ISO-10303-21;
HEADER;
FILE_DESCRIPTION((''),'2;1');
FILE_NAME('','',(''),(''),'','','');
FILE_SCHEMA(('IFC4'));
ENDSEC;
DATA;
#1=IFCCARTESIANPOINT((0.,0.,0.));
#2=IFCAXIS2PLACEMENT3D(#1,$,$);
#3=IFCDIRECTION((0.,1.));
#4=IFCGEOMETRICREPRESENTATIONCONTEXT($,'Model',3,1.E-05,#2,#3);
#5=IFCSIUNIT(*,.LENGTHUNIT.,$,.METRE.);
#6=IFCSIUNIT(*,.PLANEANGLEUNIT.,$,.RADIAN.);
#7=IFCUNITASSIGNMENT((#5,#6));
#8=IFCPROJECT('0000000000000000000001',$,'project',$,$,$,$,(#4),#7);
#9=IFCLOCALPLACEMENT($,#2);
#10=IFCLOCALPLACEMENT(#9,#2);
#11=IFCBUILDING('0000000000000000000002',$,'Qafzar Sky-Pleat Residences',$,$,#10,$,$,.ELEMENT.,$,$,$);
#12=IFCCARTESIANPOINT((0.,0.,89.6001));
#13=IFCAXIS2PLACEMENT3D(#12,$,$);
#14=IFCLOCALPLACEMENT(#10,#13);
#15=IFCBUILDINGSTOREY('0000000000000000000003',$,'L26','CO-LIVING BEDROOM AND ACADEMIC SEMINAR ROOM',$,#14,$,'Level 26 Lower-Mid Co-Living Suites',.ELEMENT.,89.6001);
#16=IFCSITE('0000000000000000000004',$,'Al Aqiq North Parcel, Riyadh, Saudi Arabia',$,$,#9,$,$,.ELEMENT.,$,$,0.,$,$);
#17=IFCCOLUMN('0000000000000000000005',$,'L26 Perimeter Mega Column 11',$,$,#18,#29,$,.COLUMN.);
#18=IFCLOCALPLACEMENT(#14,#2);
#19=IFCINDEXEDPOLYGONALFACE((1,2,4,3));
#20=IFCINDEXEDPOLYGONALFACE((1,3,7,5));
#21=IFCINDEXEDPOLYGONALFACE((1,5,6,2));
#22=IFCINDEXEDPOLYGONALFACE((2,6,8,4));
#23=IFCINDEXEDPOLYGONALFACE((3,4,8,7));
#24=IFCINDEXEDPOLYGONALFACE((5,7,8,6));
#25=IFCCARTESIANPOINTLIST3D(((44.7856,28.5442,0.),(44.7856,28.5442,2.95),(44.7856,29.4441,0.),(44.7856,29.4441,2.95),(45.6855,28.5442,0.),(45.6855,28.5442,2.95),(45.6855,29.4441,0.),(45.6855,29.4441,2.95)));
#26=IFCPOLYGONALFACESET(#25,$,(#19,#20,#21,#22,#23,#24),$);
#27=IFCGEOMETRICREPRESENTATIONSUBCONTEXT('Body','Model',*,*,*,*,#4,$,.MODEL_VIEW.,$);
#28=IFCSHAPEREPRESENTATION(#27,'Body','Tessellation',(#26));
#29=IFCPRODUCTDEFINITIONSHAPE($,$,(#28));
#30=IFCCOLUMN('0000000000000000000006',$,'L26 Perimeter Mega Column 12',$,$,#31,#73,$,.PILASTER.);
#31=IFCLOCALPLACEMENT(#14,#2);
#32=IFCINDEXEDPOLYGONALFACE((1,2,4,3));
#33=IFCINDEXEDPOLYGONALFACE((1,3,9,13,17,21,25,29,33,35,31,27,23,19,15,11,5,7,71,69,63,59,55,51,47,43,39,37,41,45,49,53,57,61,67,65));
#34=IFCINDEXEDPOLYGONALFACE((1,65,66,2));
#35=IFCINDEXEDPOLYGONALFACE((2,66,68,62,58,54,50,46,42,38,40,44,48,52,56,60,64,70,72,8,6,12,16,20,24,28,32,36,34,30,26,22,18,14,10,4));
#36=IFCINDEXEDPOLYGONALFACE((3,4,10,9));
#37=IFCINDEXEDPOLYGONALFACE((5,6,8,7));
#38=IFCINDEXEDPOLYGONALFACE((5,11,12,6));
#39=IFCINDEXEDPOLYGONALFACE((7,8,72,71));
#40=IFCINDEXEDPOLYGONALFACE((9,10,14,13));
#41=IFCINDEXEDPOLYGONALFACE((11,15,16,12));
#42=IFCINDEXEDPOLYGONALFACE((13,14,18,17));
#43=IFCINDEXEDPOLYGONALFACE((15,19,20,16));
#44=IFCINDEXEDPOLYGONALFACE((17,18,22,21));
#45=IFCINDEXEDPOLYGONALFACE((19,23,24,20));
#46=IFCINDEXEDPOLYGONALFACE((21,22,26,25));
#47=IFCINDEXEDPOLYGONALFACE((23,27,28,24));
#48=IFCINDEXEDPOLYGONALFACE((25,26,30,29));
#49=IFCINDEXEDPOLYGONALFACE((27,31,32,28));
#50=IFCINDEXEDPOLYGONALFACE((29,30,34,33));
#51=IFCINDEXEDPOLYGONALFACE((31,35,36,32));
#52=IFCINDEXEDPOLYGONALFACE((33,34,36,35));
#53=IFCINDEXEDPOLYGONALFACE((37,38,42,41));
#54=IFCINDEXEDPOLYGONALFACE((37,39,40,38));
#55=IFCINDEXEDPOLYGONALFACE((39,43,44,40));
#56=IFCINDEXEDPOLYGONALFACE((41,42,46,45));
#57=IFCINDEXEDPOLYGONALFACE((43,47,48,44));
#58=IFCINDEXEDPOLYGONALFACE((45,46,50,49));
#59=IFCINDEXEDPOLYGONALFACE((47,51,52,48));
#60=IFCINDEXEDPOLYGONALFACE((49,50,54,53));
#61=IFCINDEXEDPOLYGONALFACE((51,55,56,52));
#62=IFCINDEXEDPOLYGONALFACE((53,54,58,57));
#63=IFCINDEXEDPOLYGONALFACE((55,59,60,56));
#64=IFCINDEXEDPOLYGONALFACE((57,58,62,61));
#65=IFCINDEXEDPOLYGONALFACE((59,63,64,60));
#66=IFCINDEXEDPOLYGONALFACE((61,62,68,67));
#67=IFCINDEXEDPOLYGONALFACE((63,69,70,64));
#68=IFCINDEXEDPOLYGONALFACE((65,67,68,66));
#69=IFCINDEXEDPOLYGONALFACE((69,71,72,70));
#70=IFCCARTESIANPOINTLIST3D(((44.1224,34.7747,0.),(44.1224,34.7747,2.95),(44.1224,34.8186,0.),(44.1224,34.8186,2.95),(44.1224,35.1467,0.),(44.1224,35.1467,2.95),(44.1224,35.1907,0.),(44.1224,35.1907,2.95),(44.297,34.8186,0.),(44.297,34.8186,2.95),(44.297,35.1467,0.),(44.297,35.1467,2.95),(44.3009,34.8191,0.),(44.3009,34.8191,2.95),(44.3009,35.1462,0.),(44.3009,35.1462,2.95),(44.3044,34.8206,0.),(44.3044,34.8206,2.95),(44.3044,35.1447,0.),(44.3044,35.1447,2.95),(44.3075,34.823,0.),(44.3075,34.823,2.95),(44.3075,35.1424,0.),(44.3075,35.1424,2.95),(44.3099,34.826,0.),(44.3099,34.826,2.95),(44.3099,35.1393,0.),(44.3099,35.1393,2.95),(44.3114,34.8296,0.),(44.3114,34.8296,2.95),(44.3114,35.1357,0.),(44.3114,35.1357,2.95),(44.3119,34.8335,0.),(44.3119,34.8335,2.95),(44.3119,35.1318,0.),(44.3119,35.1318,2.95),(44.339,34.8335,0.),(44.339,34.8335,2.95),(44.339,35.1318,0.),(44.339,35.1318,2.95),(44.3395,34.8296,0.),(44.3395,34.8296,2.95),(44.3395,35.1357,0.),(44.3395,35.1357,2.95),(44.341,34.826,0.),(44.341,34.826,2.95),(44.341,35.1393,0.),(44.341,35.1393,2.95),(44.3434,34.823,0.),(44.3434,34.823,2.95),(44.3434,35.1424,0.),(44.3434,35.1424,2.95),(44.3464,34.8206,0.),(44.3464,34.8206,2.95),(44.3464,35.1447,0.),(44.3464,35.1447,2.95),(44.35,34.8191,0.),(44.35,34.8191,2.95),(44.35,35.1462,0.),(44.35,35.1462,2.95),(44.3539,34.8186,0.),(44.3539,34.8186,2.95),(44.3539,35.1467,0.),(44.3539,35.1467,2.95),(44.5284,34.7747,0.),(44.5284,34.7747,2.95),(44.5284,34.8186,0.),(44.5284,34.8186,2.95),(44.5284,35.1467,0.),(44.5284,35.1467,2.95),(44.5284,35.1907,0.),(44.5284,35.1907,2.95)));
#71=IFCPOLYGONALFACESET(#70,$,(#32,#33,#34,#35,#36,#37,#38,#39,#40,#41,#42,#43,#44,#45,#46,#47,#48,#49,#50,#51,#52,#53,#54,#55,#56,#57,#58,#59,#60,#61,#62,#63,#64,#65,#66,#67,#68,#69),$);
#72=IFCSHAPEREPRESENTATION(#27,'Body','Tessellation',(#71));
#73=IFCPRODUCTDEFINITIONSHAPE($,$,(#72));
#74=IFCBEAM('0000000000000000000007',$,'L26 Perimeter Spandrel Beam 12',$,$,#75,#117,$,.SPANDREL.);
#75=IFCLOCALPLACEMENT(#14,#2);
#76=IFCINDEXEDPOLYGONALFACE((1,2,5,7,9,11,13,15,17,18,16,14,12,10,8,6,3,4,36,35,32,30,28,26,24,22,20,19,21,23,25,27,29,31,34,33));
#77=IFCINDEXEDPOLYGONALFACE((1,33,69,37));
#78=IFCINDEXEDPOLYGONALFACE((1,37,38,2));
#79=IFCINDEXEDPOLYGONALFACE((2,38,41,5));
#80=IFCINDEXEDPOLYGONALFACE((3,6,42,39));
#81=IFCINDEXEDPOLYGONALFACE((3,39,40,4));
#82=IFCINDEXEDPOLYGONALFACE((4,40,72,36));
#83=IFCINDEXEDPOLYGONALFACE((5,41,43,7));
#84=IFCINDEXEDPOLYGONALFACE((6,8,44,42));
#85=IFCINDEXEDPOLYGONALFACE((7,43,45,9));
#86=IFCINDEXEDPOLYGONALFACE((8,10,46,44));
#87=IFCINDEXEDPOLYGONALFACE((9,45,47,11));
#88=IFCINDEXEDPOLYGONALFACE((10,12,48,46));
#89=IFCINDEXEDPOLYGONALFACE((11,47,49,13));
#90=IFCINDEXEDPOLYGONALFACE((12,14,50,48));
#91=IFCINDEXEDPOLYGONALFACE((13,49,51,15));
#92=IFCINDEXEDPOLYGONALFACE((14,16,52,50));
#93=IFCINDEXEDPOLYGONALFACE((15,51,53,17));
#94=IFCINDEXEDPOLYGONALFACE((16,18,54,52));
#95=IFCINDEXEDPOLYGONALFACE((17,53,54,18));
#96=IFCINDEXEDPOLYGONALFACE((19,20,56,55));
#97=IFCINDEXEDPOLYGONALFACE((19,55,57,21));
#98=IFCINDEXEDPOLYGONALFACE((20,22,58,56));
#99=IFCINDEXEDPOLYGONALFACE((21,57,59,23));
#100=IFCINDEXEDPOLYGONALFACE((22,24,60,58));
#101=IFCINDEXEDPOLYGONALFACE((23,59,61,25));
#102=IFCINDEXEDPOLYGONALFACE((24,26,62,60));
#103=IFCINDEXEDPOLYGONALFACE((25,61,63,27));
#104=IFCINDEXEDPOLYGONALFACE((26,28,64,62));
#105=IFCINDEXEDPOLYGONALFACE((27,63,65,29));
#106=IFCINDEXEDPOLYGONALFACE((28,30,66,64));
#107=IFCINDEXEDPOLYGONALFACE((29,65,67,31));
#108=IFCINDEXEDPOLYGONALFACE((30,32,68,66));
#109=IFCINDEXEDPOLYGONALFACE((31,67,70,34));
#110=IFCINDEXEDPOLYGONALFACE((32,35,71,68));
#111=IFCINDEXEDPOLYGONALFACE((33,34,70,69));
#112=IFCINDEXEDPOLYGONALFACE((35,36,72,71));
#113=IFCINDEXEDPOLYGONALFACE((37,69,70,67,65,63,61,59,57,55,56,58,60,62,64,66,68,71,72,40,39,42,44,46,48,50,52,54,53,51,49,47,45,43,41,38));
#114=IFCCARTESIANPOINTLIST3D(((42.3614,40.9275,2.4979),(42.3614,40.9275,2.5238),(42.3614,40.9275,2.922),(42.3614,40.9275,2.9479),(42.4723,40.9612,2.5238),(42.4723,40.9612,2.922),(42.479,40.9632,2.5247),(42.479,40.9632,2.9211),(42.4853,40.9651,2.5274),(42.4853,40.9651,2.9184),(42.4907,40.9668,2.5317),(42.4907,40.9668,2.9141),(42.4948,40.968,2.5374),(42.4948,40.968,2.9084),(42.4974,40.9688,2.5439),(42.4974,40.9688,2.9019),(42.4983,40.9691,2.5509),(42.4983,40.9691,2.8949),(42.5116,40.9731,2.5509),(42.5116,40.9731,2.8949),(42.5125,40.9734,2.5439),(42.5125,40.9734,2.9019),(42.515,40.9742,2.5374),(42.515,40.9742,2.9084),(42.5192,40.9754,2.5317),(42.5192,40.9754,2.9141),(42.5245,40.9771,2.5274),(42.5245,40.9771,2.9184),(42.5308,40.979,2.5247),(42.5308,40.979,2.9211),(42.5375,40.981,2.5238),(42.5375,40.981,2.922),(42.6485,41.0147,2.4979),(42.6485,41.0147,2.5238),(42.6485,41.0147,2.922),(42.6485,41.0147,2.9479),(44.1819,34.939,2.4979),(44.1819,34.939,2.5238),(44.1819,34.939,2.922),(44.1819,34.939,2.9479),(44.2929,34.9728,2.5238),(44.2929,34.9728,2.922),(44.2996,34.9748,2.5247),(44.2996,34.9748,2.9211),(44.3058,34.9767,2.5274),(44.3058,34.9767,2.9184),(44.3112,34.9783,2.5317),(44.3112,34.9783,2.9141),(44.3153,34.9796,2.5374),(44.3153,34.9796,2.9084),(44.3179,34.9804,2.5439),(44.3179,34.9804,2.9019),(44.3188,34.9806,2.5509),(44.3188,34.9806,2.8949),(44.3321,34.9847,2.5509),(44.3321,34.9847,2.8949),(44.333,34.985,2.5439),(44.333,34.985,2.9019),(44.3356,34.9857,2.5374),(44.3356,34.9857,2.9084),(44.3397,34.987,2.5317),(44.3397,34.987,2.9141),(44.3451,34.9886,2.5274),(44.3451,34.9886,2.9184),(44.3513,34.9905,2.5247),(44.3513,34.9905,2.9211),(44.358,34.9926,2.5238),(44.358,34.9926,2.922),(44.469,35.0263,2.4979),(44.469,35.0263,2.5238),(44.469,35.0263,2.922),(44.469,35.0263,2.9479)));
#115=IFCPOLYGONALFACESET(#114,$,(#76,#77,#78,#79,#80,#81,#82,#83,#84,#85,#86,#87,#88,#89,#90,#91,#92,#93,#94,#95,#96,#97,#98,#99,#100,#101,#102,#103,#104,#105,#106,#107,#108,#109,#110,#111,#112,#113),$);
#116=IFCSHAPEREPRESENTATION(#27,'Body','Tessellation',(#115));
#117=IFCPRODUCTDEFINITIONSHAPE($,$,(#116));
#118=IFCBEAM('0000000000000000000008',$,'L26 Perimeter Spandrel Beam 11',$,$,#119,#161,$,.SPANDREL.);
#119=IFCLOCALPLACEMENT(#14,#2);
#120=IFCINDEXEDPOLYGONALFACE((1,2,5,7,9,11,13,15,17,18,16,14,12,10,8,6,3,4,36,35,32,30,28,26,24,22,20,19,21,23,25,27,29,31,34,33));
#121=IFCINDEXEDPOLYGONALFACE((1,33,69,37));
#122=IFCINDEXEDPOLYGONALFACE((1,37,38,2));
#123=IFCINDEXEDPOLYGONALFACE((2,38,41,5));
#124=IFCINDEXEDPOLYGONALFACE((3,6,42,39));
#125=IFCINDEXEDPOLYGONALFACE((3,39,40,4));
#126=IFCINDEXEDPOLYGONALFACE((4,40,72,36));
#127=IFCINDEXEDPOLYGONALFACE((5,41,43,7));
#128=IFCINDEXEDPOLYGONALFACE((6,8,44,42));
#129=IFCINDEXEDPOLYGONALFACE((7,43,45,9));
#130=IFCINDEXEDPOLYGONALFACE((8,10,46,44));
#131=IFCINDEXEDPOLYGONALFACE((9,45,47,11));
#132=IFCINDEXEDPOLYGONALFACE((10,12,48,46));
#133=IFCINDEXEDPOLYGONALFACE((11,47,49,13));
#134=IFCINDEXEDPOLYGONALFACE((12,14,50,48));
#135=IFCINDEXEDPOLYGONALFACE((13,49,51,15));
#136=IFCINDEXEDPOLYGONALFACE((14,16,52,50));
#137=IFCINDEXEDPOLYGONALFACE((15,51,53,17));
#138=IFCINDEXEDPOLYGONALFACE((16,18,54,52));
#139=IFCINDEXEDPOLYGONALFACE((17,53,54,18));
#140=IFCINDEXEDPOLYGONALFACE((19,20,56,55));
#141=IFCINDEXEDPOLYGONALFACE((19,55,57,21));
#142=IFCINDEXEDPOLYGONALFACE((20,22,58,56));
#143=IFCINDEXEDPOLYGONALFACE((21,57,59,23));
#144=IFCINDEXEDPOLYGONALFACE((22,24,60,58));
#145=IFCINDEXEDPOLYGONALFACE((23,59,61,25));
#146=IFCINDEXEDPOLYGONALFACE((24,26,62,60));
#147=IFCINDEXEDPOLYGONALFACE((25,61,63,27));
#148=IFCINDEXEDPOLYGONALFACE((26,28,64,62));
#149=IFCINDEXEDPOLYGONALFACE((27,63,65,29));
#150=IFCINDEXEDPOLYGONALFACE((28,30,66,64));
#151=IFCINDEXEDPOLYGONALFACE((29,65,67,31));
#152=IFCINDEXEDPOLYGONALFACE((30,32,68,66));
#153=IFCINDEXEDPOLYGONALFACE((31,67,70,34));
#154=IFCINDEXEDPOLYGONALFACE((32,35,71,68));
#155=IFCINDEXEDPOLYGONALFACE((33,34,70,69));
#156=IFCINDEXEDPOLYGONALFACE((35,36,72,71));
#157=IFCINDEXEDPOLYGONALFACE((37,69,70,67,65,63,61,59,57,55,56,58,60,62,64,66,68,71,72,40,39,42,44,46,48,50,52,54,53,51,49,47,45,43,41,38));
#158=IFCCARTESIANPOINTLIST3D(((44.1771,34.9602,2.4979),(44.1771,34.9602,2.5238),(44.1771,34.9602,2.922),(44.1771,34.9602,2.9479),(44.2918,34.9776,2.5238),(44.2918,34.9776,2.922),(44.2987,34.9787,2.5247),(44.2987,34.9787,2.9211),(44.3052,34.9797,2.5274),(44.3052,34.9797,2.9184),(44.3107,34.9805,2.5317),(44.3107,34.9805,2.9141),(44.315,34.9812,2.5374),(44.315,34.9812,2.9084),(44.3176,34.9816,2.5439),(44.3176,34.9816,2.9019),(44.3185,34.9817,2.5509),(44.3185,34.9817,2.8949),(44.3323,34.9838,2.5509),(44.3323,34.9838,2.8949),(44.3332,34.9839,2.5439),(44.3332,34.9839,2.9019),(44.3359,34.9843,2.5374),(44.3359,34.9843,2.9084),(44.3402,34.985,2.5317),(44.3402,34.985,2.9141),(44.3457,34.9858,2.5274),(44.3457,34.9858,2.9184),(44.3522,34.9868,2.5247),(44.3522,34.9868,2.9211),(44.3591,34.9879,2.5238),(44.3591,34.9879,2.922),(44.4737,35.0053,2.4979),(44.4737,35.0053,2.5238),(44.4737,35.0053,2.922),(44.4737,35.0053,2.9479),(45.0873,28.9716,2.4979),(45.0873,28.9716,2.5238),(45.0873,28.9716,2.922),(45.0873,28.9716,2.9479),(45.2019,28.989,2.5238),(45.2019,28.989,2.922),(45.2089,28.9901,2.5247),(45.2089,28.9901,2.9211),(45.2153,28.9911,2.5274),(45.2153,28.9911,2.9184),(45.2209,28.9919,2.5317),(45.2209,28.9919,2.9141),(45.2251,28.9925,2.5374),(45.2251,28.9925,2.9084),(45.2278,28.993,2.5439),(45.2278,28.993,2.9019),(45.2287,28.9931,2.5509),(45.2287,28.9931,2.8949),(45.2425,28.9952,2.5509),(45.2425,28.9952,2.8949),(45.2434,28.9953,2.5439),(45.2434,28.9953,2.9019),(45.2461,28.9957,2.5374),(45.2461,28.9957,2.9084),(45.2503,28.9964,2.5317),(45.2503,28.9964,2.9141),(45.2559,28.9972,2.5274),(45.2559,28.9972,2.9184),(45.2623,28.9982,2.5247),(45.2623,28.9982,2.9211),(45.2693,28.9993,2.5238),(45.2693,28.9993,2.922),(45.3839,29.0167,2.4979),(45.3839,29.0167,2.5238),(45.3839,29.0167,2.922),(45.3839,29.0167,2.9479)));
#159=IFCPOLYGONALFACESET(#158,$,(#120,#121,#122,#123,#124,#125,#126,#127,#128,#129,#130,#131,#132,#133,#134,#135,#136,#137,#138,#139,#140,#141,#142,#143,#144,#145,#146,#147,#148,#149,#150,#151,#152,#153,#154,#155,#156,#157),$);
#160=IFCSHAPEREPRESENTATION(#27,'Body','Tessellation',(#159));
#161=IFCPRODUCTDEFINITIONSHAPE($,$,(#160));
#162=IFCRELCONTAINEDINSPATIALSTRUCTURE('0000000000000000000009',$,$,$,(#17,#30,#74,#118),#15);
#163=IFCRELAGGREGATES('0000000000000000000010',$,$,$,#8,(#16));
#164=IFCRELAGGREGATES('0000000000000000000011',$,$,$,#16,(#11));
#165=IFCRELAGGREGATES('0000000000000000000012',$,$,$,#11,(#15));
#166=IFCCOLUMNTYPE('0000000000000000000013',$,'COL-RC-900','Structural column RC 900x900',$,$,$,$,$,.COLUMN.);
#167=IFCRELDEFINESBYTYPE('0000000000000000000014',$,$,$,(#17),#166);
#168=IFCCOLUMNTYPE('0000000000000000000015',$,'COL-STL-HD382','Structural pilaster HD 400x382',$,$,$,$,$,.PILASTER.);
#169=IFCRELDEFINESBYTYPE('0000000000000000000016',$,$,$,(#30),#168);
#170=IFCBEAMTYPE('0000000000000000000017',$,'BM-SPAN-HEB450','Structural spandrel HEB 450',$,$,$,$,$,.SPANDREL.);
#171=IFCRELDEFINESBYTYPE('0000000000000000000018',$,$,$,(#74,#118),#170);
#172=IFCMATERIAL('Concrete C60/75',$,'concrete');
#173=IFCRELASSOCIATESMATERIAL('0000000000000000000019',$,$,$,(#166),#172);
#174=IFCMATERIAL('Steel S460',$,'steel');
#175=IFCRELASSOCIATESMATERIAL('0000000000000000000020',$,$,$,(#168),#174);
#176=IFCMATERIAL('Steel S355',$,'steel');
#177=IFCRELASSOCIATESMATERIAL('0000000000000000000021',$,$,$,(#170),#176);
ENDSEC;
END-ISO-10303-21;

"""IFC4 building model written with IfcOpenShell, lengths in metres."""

from ifc_helpers import new_model, si_unit, direction, frame, origin, origin_2d, place, context, subcontext, project, spatial, rectangle, i_section, extrude, source, transform, mapped, material, material_profile, profile_set, type_object, element, save


model = new_model("IFC4")

# Units and contexts
model_context = context("Model", 3, precision=1e-05, world=origin(), true_north=direction((0.0, 1.0)))
body_context = subcontext(model_context, "Body", "Model", "MODEL_VIEW")
ifc_project = project(units=[si_unit("LENGTHUNIT", "METRE"), si_unit("PLANEANGLEUNIT", "RADIAN")], contexts=[model_context])

# Site, building, storey
site_placement = place(None, origin())
site = spatial("IfcSite", under=ifc_project, at=site_placement, Name="Al Aqiq North Parcel, Riyadh, Saudi Arabia", CompositionType="ELEMENT", RefElevation=0.0)
building_placement = place(site_placement, origin())
building = spatial("IfcBuilding", under=site, at=building_placement, Name="Qafzar Sky-Pleat Residences", CompositionType="ELEMENT")
storey_placement = place(building_placement, frame((0.0, 0.0, 89.6001)))
storey = spatial("IfcBuildingStorey", under=building, at=storey_placement, Name="L26", Description="CO-LIVING BEDROOM AND ACADEMIC SEMINAR ROOM", LongName="Level 26 Lower-Mid Co-Living Suites", CompositionType="ELEMENT", Elevation=89.6001)

# Columns
ifc_material_1 = material(Name="Concrete C60/75", Category="concrete")
ifc_material_profile_1 = material_profile(ifc_material_1, rectangle(XDim=0.8999, YDim=0.8999, at=origin_2d()), Name="RC 900x900")
ifc_profile_set_1 = profile_set([ifc_material_profile_1], Name="Concrete C60/75")
column_type_1 = type_object("IfcColumnType", Name="COL-RC-900", Description="Structural column RC 900x900", PredefinedType="COLUMN", material=ifc_profile_set_1)
shared_shape_1 = source(origin(), body_context, "Body", "SweptSolid", [
    extrude(rectangle(XDim=0.8999, YDim=0.8999, at=origin_2d()), origin(), (0.0, 0.0, 1.0), 2.95),
])
column_1_placement = place(storey_placement, frame((45.2356, 28.9941, 0.0), z_axis=(0.0, 0.0, 1.0), x_axis=(1.0, 0.0, 0.0)))
element("IfcColumn", 1, at=column_1_placement, inside=storey, type_object=column_type_1, Name="L26 Perimeter Mega Column 11", PredefinedType="COLUMN", context=body_context, shape_type="MappedRepresentation", body=[
    mapped(shared_shape_1, transform((0.0, 0.0, 0.0), x_axis=(1.0, 0.0, 0.0), y_axis=(0.0, 1.0, 0.0), z_axis=(0.0, 0.0, 1.0), scale=1.0)),
])
ifc_material_2 = material(Name="Steel S460", Category="steel")
ifc_material_profile_2 = material_profile(ifc_material_2, i_section(OverallWidth=0.406, OverallDepth=0.416, WebThickness=0.0271, FlangeThickness=0.0439, FilletRadius=0.0149, at=origin_2d()), Name="HD 400x382")
ifc_profile_set_2 = profile_set([ifc_material_profile_2], Name="Steel S460")
column_type_2 = type_object("IfcColumnType", Name="COL-STL-HD382", Description="Structural pilaster HD 400x382", PredefinedType="PILASTER", material=ifc_profile_set_2)
shared_shape_2 = source(origin(), body_context, "Body", "SweptSolid", [
    extrude(i_section(OverallWidth=0.406, OverallDepth=0.416, WebThickness=0.0271, FlangeThickness=0.0439, FilletRadius=0.0149, at=origin_2d()), origin(), (0.0, 0.0, 1.0), 2.95),
])
column_2_placement = place(storey_placement, frame((44.3254, 34.9827, 0.0), z_axis=(0.0, 0.0, 1.0), x_axis=(1.0, 0.0, 0.0)))
element("IfcColumn", 2, at=column_2_placement, inside=storey, type_object=column_type_2, Name="L26 Perimeter Mega Column 12", PredefinedType="PILASTER", context=body_context, shape_type="MappedRepresentation", body=[
    mapped(shared_shape_2, transform((0.0, 0.0, 0.0), x_axis=(1.0, 0.0, 0.0), y_axis=(0.0, 1.0, 0.0), z_axis=(0.0, 0.0, 1.0), scale=1.0)),
])

# Beams
ifc_material_3 = material(Name="Steel S355", Category="steel")
ifc_material_profile_3 = material_profile(ifc_material_3, i_section(OverallWidth=0.3, OverallDepth=0.45, WebThickness=0.0139, FlangeThickness=0.0259, FilletRadius=0.0271, at=origin_2d()), Name="HEB 450")
ifc_profile_set_3 = profile_set([ifc_material_profile_3], Name="Steel S355")
beam_type_1 = type_object("IfcBeamType", Name="BM-SPAN-HEB450", Description="Structural spandrel HEB 450", PredefinedType="SPANDREL", material=ifc_profile_set_3)
shared_shape_3 = source(origin(), body_context, "Body", "SweptSolid", [
    extrude(i_section(OverallWidth=0.3, OverallDepth=0.45, WebThickness=0.0139, FlangeThickness=0.0259, FilletRadius=0.0271, at=origin_2d()), origin(), (0.0, 0.0, 1.0), 6.259),
])
beam_1_placement = place(storey_placement, frame((44.3254, 34.9827, 2.7229), z_axis=(-0.290864, 0.956765, 0.0), x_axis=(-0.956765, -0.290864, 0.0)))
element("IfcBeam", 3, at=beam_1_placement, inside=storey, type_object=beam_type_1, Name="L26 Perimeter Spandrel Beam 12", PredefinedType="SPANDREL", context=body_context, shape_type="MappedRepresentation", body=[
    mapped(shared_shape_3, transform((0.0, 0.0, 0.0), x_axis=(1.0, 0.0, 0.0), y_axis=(0.0, 1.0, 0.0), z_axis=(0.0, 0.0, 1.0), scale=1.0)),
])
shared_shape_4 = source(origin(), body_context, "Body", "SweptSolid", [
    extrude(i_section(OverallWidth=0.3, OverallDepth=0.45, WebThickness=0.0139, FlangeThickness=0.0259, FilletRadius=0.0271, at=origin_2d()), origin(), (0.0, 0.0, 1.0), 6.0574),
])
beam_2_placement = place(storey_placement, frame((45.2356, 28.9941, 2.7229), z_axis=(-0.150258, 0.988647, 0.0), x_axis=(-0.988647, -0.150258, 0.0)))
element("IfcBeam", 4, at=beam_2_placement, inside=storey, type_object=beam_type_1, Name="L26 Perimeter Spandrel Beam 11", PredefinedType="SPANDREL", context=body_context, shape_type="MappedRepresentation", body=[
    mapped(shared_shape_4, transform((0.0, 0.0, 0.0), x_axis=(1.0, 0.0, 0.0), y_axis=(0.0, 1.0, 0.0), z_axis=(0.0, 0.0, 1.0), scale=1.0)),
])

save(model, "model.ifc")
